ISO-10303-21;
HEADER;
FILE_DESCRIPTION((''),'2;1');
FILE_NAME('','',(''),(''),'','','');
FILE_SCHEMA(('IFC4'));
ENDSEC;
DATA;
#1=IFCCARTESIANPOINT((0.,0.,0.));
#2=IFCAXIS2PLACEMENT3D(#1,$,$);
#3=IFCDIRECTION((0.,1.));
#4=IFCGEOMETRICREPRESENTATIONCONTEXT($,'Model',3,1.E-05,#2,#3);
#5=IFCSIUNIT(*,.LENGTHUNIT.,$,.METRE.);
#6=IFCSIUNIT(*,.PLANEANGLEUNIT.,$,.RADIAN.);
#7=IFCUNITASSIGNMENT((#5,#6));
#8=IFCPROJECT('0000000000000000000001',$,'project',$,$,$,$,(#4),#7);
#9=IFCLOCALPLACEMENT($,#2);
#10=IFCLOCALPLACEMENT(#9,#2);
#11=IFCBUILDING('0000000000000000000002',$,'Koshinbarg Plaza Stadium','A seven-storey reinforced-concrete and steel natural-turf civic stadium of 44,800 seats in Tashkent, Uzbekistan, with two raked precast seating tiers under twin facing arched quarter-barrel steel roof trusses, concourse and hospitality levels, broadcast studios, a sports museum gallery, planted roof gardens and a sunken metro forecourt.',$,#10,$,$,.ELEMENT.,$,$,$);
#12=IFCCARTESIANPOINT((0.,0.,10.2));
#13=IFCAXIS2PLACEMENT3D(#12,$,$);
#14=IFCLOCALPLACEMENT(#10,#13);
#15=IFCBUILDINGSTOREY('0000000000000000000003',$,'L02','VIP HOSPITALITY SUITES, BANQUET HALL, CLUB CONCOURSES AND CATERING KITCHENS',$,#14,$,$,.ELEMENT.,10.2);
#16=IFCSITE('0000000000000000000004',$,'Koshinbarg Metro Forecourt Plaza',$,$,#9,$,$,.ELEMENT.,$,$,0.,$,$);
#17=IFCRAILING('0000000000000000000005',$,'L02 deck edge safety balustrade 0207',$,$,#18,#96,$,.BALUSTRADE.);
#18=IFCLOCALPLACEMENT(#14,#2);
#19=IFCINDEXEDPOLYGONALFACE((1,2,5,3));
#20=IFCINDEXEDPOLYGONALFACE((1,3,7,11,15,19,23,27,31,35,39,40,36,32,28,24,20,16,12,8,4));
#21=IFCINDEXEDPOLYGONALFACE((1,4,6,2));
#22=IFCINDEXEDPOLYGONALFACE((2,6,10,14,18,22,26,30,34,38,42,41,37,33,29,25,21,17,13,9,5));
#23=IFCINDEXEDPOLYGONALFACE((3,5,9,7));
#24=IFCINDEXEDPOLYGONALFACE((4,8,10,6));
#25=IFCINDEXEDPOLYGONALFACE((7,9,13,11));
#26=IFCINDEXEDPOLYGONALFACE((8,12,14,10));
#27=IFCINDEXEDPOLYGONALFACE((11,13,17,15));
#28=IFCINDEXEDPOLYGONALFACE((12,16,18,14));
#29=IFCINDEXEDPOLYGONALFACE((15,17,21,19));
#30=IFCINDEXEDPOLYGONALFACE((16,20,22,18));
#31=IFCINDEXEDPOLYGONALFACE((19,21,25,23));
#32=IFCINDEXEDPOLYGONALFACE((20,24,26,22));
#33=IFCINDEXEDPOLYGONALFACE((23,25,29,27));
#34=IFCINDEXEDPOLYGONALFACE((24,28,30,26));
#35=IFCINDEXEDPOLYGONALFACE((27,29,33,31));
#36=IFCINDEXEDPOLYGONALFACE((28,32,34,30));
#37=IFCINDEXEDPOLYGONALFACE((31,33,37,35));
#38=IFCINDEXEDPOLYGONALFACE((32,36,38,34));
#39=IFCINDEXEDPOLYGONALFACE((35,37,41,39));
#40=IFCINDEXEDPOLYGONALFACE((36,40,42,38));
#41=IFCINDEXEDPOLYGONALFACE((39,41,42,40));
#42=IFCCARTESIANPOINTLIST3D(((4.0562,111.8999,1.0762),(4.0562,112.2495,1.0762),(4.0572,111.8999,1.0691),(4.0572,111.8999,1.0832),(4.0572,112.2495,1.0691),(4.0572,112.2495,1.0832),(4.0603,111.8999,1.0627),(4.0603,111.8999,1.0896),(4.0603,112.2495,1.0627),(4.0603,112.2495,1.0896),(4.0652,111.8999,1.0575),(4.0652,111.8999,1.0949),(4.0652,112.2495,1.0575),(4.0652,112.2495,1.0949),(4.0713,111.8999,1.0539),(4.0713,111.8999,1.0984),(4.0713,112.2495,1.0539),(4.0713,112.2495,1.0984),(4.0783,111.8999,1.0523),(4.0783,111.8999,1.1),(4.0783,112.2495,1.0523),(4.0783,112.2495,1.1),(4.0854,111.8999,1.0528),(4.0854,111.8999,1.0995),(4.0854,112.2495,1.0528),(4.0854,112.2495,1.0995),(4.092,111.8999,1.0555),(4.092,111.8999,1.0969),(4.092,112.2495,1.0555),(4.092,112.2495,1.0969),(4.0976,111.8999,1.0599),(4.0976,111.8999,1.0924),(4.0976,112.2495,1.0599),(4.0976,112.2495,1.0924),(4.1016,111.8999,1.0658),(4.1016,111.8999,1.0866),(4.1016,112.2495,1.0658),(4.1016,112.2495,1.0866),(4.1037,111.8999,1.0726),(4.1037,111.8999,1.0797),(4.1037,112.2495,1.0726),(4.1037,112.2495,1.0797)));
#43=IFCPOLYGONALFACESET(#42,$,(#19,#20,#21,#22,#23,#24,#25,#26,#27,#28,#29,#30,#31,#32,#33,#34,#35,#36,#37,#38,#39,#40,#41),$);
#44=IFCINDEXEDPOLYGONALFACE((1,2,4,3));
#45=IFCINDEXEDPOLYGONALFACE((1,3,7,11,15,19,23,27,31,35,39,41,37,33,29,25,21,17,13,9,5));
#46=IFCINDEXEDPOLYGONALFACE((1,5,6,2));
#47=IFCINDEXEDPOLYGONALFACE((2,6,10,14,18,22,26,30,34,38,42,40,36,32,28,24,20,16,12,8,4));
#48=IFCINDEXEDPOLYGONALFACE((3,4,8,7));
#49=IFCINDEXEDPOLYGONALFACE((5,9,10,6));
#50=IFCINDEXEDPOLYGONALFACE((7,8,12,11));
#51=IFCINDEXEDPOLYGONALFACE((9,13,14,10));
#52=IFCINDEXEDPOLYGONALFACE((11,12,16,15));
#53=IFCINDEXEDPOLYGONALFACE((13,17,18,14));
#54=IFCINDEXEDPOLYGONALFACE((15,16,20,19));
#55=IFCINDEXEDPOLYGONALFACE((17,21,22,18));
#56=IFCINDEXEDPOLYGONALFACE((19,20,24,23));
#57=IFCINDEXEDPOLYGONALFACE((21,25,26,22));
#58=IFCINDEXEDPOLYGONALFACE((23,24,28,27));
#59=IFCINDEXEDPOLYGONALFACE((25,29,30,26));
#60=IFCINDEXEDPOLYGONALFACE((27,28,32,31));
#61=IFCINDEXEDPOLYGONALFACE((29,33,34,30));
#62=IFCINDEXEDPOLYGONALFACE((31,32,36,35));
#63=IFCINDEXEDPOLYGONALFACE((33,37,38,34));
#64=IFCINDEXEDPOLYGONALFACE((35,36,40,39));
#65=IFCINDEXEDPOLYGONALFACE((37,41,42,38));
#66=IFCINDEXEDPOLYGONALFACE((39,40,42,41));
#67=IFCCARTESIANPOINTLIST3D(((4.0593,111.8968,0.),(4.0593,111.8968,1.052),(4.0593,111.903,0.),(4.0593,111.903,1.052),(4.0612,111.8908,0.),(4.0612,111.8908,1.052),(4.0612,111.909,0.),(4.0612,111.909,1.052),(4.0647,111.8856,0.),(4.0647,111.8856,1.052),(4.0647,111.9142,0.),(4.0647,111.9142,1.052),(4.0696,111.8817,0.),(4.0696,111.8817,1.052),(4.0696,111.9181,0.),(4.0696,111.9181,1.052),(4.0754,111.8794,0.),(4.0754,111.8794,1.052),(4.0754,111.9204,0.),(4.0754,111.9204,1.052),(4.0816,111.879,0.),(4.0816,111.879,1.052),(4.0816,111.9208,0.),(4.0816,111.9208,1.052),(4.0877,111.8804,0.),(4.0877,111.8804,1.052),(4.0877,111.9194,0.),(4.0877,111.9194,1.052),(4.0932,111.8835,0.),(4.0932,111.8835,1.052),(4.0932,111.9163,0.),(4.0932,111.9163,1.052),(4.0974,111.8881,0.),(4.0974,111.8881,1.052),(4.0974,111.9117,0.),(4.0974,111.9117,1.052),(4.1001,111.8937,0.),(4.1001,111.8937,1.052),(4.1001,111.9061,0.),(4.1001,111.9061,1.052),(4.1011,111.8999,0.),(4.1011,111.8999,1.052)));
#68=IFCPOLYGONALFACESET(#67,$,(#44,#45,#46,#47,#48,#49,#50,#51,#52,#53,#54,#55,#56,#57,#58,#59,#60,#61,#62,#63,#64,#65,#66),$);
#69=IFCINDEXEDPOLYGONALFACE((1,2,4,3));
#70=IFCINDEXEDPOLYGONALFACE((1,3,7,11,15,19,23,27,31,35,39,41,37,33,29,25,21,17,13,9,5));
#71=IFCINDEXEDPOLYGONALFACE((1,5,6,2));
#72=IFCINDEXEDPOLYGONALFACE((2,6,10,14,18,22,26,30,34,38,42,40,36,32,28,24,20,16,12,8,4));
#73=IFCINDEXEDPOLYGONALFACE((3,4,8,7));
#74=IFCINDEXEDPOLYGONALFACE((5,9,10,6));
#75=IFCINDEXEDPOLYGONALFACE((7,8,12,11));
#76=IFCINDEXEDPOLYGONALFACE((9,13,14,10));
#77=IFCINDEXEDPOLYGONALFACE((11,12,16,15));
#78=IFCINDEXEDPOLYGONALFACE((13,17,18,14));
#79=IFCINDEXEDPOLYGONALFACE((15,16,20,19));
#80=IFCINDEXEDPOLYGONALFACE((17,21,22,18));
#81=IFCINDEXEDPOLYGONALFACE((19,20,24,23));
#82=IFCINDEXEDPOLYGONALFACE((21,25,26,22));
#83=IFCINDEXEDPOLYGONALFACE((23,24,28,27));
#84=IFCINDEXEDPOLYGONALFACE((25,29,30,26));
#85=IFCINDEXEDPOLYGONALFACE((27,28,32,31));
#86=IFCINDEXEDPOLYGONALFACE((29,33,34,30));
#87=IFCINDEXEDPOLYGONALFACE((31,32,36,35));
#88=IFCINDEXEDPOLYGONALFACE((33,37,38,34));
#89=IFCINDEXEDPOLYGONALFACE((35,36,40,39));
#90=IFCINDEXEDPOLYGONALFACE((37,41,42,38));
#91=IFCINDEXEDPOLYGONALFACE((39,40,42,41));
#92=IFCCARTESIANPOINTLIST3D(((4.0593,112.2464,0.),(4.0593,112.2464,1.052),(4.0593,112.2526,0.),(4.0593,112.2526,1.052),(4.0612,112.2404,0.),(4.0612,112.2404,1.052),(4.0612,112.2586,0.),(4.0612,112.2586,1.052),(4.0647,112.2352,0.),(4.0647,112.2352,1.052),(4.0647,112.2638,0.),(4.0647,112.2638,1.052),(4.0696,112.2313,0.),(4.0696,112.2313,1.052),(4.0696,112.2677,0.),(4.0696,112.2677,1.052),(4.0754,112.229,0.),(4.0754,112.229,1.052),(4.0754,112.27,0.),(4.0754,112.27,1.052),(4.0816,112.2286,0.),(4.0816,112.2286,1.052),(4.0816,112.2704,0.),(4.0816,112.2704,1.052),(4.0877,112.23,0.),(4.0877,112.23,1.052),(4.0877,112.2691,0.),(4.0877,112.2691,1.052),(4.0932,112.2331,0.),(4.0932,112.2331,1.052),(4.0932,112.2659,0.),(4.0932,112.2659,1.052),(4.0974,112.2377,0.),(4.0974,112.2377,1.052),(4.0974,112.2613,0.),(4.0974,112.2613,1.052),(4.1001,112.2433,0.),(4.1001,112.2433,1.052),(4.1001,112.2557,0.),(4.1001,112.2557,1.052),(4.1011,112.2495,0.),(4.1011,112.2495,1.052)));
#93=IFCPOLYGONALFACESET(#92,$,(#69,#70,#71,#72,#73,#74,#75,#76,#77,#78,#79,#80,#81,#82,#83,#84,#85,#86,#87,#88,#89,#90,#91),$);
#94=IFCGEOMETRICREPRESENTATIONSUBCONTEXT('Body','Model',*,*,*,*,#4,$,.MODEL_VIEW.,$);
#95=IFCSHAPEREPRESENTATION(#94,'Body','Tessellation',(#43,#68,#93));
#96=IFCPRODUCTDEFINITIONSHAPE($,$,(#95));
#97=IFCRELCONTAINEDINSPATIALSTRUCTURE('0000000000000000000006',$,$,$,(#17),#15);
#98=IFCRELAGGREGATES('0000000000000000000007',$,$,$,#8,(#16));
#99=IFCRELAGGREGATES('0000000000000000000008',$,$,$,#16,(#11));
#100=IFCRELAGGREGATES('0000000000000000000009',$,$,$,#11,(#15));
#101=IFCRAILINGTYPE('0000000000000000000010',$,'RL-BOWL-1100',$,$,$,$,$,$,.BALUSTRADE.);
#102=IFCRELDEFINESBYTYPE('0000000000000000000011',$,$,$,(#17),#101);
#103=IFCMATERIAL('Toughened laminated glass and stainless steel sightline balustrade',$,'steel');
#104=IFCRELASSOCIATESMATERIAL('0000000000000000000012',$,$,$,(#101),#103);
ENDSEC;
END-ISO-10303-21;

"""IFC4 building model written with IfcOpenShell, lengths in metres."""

from ifc_helpers import new_model, si_unit, direction, frame, origin, origin_2d, place, context, subcontext, project, spatial, circle, extrude, material, type_object, element, save


model = new_model("IFC4")

# Units and contexts
model_context = context("Model", 3, precision=1e-05, world=origin(), true_north=direction((0.0, 1.0)))
body_context = subcontext(model_context, "Body", "Model", "MODEL_VIEW")
ifc_project = project(units=[si_unit("LENGTHUNIT", "METRE"), si_unit("PLANEANGLEUNIT", "RADIAN")], contexts=[model_context])

# Site, building, storey
site_placement = place(None, origin())
site = spatial("IfcSite", under=ifc_project, at=site_placement, Name="Koshinbarg Metro Forecourt Plaza", CompositionType="ELEMENT", RefElevation=0.0)
building_placement = place(site_placement, origin())
building = spatial("IfcBuilding", under=site, at=building_placement, Name="Koshinbarg Plaza Stadium", Description="A seven-storey reinforced-concrete and steel natural-turf civic stadium of 44,800 seats in Tashkent, Uzbekistan, with two raked precast seating tiers under twin facing arched quarter-barrel steel roof trusses, concourse and hospitality levels, broadcast studios, a sports museum gallery, planted roof gardens and a sunken metro forecourt.", CompositionType="ELEMENT")
storey_placement = place(building_placement, frame((0.0, 0.0, 10.2)))
storey = spatial("IfcBuildingStorey", under=building, at=storey_placement, Name="L02", Description="VIP HOSPITALITY SUITES, BANQUET HALL, CLUB CONCOURSES AND CATERING KITCHENS", CompositionType="ELEMENT", Elevation=10.2)

# Railing
ifc_material_1 = material(Name="Toughened laminated glass and stainless steel sightline balustrade", Category="steel")
railing_type = type_object("IfcRailingType", Name="RL-BOWL-1100", PredefinedType="BALUSTRADE", material=ifc_material_1)
railing_1_placement = place(storey_placement, frame((4.0801, 111.8999, 0.0)))
element("IfcRailing", 1, at=railing_1_placement, inside=storey, type_object=railing_type, Name="L02 deck edge safety balustrade 0207", PredefinedType="BALUSTRADE", context=body_context, shape_type="SweptSolid", body=[
    extrude(circle(Radius=0.0239, at=origin_2d()), frame((0.0, 0.0, 1.0762), z_axis=(0.0, 1.0, 0.0), x_axis=(-1.0, 0.0, 0.0)), (0.0, 0.0, 1.0), 0.3496),
    extrude(circle(Radius=0.021, at=origin_2d()), origin(), (0.0, 0.0, 1.0), 1.052),
    extrude(circle(Radius=0.021, at=origin_2d()), frame((0.0, 0.3496, 0.0)), (0.0, 0.0, 1.0), 1.052),
])

save(model, "model.ifc")
